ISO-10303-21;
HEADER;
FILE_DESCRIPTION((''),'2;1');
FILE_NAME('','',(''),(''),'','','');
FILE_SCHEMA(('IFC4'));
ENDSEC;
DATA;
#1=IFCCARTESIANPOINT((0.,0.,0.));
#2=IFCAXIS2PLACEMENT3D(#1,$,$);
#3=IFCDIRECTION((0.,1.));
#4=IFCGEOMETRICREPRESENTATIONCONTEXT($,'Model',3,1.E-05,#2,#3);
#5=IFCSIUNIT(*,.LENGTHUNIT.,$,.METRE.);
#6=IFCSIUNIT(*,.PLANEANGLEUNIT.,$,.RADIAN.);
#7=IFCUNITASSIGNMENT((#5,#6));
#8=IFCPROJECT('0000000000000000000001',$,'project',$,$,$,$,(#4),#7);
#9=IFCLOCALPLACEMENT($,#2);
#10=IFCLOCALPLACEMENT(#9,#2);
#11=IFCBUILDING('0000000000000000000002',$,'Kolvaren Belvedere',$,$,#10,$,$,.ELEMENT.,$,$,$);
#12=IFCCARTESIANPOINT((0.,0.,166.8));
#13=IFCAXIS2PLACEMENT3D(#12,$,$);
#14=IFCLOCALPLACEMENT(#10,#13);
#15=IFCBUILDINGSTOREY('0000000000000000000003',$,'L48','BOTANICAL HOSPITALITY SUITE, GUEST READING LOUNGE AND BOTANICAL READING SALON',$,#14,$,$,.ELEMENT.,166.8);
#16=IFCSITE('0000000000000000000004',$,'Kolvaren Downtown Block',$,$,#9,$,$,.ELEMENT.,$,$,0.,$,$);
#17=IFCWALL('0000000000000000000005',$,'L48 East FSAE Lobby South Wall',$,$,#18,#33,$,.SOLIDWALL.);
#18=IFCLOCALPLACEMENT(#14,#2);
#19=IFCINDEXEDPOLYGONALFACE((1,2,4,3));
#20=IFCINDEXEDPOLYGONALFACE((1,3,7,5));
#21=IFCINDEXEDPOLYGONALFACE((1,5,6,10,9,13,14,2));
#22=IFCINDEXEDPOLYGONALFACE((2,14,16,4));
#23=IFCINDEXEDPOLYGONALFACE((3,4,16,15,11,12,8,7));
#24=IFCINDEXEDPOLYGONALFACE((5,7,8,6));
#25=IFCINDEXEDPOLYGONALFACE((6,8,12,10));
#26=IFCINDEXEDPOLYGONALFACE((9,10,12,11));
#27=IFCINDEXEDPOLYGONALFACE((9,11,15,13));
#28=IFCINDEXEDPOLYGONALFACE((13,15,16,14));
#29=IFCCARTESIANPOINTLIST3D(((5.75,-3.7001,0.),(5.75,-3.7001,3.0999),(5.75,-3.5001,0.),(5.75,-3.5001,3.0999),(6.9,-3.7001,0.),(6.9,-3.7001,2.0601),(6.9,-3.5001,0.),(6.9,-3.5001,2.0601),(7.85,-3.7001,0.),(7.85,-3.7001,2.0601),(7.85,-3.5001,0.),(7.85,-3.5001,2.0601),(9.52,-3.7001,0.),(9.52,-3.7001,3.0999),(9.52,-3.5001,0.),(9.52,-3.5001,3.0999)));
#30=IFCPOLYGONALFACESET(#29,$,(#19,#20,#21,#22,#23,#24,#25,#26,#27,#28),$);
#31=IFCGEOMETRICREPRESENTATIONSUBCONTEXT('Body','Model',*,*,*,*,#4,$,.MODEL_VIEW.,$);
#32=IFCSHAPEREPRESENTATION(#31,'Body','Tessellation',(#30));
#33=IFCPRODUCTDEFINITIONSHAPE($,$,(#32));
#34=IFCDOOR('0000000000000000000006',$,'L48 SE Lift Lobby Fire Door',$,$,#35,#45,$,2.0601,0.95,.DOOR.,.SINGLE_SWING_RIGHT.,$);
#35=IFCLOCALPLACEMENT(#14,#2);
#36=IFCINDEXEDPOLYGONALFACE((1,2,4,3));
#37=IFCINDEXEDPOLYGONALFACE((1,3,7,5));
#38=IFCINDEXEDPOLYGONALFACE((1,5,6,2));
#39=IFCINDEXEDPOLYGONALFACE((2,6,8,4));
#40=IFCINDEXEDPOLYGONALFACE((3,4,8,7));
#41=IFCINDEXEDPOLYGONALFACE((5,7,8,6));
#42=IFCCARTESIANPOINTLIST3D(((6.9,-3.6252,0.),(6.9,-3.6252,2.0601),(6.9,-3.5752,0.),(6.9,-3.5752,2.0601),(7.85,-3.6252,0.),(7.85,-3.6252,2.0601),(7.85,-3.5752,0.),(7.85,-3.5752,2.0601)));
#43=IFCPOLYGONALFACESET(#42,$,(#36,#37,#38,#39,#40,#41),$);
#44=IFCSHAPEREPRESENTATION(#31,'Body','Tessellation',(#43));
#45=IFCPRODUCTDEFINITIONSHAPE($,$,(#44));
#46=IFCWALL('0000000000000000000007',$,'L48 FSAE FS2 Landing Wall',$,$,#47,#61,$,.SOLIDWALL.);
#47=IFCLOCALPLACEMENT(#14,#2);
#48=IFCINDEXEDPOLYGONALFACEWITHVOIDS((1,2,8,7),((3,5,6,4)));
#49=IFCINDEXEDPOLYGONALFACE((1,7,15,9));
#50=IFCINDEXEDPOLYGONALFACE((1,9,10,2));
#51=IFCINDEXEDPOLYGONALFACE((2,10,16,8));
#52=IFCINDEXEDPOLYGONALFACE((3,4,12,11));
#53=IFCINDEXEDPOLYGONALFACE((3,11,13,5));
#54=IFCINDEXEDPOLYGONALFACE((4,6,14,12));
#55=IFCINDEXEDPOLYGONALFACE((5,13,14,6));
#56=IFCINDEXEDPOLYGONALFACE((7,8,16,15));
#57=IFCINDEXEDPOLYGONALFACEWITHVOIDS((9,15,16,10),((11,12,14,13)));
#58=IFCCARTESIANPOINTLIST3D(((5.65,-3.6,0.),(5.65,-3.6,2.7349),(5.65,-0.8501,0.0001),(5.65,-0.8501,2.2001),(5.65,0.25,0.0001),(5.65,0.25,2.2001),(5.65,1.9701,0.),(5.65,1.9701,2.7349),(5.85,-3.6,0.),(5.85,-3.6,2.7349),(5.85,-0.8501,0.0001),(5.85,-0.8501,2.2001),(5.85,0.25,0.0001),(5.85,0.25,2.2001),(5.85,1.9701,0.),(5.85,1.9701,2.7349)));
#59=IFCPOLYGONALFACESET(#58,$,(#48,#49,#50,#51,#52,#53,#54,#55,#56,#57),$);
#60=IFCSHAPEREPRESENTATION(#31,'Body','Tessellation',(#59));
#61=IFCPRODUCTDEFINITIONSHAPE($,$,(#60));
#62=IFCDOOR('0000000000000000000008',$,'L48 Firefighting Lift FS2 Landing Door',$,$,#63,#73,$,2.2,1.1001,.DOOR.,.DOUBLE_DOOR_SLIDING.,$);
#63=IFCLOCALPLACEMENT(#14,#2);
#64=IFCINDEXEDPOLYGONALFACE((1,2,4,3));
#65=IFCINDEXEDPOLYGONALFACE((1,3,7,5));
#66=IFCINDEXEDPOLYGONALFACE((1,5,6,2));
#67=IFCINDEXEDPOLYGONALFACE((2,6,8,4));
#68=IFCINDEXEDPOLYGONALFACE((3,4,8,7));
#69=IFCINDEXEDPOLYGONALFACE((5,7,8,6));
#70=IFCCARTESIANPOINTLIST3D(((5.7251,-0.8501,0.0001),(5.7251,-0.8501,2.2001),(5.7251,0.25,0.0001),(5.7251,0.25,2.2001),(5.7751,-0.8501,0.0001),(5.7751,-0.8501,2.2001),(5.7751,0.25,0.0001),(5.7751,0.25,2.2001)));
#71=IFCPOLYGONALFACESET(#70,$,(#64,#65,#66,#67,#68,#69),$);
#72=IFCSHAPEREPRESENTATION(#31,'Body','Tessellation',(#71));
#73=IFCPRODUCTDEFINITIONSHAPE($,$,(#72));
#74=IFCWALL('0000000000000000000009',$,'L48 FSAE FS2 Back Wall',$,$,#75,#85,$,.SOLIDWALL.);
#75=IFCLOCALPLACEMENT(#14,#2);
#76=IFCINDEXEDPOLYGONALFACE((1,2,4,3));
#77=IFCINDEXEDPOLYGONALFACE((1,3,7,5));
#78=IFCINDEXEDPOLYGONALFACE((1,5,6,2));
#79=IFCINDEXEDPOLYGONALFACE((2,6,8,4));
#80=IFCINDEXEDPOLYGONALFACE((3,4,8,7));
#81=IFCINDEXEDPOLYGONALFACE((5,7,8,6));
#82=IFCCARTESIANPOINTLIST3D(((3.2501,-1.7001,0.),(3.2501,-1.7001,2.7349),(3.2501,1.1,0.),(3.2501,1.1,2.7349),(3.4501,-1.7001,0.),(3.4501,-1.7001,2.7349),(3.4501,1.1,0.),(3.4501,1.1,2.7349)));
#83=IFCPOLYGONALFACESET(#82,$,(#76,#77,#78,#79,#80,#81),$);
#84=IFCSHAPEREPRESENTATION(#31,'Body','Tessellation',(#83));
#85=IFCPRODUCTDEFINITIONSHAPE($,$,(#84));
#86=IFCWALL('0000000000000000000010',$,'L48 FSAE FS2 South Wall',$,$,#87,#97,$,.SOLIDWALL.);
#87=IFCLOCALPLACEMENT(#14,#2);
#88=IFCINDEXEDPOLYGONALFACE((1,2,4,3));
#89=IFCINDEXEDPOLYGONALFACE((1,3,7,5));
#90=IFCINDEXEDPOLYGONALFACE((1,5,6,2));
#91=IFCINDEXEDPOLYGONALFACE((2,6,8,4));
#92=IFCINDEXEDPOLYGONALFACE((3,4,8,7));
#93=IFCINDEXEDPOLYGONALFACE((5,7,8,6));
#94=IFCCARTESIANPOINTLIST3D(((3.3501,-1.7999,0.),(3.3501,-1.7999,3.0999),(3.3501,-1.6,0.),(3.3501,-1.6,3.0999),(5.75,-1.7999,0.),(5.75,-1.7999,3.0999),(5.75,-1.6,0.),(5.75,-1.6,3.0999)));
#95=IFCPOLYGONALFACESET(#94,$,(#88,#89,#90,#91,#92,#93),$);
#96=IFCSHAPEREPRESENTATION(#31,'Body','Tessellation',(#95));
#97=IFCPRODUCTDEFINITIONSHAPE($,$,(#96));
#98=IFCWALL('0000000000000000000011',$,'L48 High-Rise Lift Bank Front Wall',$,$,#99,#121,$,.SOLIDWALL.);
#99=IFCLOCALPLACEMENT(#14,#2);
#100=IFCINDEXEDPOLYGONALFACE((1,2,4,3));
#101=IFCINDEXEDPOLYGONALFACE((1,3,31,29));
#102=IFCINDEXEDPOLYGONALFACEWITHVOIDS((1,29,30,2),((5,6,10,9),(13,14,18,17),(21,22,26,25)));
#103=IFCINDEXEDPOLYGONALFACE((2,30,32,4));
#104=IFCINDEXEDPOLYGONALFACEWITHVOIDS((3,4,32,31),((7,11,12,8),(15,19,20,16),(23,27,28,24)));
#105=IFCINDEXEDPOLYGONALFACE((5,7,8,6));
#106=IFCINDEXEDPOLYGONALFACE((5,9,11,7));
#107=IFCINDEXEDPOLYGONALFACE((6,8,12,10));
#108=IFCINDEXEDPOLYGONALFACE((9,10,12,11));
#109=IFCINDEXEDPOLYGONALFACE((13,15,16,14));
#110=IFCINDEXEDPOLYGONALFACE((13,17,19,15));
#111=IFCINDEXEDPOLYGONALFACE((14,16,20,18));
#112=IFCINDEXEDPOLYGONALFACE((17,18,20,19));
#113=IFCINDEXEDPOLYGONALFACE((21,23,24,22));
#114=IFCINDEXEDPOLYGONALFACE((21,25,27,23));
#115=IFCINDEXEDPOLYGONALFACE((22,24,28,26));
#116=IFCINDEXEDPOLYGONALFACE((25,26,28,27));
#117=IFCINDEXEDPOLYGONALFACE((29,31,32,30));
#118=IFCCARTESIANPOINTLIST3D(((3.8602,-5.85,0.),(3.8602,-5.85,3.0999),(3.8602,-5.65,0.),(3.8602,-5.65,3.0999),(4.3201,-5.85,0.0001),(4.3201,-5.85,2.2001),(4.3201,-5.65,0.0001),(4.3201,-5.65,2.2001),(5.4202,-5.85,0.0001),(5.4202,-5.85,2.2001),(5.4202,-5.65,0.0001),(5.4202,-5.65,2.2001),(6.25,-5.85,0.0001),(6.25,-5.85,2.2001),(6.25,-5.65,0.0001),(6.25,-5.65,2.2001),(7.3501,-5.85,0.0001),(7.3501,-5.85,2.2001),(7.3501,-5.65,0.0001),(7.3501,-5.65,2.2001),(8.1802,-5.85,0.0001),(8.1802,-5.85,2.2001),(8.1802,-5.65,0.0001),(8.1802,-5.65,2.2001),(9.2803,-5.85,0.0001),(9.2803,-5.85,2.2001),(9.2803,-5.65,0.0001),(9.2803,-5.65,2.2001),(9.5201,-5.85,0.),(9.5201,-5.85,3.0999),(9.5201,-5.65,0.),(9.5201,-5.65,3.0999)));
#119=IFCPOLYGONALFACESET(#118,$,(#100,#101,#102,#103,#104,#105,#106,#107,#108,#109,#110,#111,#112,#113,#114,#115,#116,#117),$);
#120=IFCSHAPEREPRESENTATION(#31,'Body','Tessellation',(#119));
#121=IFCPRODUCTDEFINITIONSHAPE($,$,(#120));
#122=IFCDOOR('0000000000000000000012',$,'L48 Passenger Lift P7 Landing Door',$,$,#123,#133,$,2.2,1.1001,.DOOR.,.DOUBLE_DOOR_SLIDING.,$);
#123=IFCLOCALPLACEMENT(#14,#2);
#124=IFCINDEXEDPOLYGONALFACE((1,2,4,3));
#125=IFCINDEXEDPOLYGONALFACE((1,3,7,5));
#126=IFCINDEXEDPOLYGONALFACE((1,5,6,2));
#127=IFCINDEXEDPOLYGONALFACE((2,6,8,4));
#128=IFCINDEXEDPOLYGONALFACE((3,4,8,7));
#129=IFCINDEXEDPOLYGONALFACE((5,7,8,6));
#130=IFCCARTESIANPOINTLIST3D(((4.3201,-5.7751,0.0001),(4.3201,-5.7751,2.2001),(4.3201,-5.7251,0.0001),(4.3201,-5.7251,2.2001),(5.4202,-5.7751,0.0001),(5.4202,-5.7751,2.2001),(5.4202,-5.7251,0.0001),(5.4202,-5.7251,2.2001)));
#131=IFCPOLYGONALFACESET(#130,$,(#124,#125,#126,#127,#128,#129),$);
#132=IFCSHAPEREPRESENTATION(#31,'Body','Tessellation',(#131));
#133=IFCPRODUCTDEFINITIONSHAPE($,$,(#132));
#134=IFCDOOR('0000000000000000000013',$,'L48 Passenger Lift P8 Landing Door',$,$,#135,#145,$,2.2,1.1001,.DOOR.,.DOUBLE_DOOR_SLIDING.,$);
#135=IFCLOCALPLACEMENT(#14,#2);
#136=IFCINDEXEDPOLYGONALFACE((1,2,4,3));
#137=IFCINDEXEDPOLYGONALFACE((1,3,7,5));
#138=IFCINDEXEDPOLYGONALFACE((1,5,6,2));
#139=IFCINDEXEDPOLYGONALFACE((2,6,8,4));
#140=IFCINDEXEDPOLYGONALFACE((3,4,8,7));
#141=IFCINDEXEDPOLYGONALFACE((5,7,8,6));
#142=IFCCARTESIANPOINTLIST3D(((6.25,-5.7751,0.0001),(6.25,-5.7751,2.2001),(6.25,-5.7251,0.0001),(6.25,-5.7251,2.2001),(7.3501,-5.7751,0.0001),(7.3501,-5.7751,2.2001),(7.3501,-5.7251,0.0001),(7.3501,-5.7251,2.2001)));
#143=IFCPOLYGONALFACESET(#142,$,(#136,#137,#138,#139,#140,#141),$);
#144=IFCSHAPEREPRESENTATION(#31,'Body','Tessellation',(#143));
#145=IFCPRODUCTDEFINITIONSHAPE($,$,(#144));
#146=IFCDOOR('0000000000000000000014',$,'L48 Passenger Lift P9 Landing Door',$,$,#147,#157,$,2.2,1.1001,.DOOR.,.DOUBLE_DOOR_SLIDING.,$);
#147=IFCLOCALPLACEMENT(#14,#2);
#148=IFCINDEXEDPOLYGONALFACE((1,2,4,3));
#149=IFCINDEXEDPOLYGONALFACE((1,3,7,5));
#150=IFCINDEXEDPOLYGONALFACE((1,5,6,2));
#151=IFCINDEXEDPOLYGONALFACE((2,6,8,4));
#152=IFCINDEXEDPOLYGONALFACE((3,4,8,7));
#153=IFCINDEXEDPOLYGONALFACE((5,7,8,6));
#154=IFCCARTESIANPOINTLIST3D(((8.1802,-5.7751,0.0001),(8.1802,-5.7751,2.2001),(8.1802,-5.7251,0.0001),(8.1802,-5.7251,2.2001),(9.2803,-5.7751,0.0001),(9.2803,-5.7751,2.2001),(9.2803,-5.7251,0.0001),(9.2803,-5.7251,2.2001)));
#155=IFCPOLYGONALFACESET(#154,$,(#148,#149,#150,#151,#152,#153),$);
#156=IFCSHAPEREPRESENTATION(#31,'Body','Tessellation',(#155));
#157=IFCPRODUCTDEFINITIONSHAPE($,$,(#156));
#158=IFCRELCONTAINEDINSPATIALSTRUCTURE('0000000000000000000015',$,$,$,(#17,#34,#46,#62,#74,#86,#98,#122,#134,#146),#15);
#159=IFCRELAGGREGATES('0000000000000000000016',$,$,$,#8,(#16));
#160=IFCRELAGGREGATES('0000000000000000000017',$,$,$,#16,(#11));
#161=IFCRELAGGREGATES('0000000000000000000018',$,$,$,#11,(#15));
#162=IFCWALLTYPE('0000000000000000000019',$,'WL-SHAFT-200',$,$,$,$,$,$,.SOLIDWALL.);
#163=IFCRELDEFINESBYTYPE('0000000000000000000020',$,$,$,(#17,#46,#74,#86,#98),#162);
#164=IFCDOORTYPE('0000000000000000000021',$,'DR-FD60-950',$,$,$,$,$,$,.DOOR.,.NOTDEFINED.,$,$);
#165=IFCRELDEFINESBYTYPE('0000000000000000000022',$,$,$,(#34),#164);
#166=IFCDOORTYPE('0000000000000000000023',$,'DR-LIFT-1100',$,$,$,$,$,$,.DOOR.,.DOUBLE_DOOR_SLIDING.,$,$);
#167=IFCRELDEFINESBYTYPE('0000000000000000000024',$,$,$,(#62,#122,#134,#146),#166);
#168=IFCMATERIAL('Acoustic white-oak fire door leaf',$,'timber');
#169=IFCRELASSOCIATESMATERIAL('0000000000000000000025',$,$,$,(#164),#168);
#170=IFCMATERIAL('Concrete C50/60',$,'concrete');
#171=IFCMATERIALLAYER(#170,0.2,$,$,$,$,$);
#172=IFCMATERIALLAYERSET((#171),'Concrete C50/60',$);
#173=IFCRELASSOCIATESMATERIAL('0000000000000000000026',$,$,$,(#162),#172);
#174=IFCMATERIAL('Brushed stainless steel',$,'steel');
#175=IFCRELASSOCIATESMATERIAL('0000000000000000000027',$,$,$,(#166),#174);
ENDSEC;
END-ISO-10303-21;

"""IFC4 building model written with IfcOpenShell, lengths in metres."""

from ifc_helpers import new_model, si_unit, direction, frame, frame_2d, origin, place, context, subcontext, project, spatial, rectangle, extrude, material, layer, layer_set, type_object, element, fill, save


model = new_model("IFC4")

# Units and contexts
model_context = context("Model", 3, precision=1e-05, world=origin(), true_north=direction((0.0, 1.0)))
body_context = subcontext(model_context, "Body", "Model", "MODEL_VIEW")
ifc_project = project(units=[si_unit("LENGTHUNIT", "METRE"), si_unit("PLANEANGLEUNIT", "RADIAN")], contexts=[model_context])

# Site, building, storey
site_placement = place(None, origin())
site = spatial("IfcSite", under=ifc_project, at=site_placement, Name="Kolvaren Downtown Block", CompositionType="ELEMENT", RefElevation=0.0)
building_placement = place(site_placement, origin())
building = spatial("IfcBuilding", under=site, at=building_placement, Name="Kolvaren Belvedere", CompositionType="ELEMENT")
storey_placement = place(building_placement, frame((0.0, 0.0, 166.8)))
storey = spatial("IfcBuildingStorey", under=building, at=storey_placement, Name="L48", Description="BOTANICAL HOSPITALITY SUITE, GUEST READING LOUNGE AND BOTANICAL READING SALON", CompositionType="ELEMENT", Elevation=166.8)

# Walls, openings, doors
ifc_material_1 = material(Name="Acoustic white-oak fire door leaf", Category="timber")
door_type_1 = type_object("IfcDoorType", Name="DR-FD60-950", OperationType="NOTDEFINED", PredefinedType="DOOR", material=ifc_material_1)
ifc_material_2 = material(Name="Concrete C50/60", Category="concrete")
ifc_layer_1 = layer(ifc_material_2, 0.2)
ifc_layer_set_1 = layer_set([ifc_layer_1], Name="Concrete C50/60")
wall_type_1 = type_object("IfcWallType", Name="WL-SHAFT-200", PredefinedType="SOLIDWALL", material=ifc_layer_set_1)
wall_1_placement = place(storey_placement, frame((5.75, -3.6001, 0.0), z_axis=(0.0, 0.0, 1.0), x_axis=(1.0, 0.0, 0.0)))
wall_1 = element("IfcWall", 1, at=wall_1_placement, inside=storey, type_object=wall_type_1, Name="L48 East FSAE Lobby South Wall", PredefinedType="SOLIDWALL", context=body_context, shape_type="SweptSolid", body=[
    extrude(rectangle(XDim=3.77, YDim=0.2, at=frame_2d((1.885, 0.0))), origin(), (0.0, 0.0, 1.0), 3.0999),
])
opening_1_placement = place(wall_1_placement, frame((1.1499, 0.0, 0.0)))
opening_1 = element("IfcOpeningElement", 2, at=opening_1_placement, cuts=wall_1, PredefinedType="OPENING", context=body_context, shape_type="SweptSolid", body=[
    extrude(rectangle(XDim=0.95, YDim=2.0601, at=frame_2d((0.4751, 1.03))), frame((0.0, 0.1099, 0.0), z_axis=(0.0, -1.0, 0.0), x_axis=(1.0, 0.0, 0.0)), (0.0, 0.0, 1.0), 0.22),
])
door_1_placement = place(opening_1_placement, origin())
door_1 = element("IfcDoor", 3, at=door_1_placement, inside=storey, type_object=door_type_1, Name="L48 SE Lift Lobby Fire Door", OperationType="SINGLE_SWING_RIGHT", OverallHeight=2.0601, OverallWidth=0.95, PredefinedType="DOOR", context=body_context, shape_type="SweptSolid", body=[
    extrude(rectangle(XDim=0.95, YDim=2.0601, at=frame_2d((0.4751, 1.03))), frame((0.0, 0.0249, 0.0), z_axis=(0.0, -1.0, 0.0), x_axis=(1.0, 0.0, 0.0)), (0.0, 0.0, 1.0), 0.05),
])
fill(opening_1, door_1)
wall_2_placement = place(storey_placement, frame((5.75, -3.6001, 0.0), z_axis=(0.0, 0.0, 1.0), x_axis=(0.0, 1.0, 0.0)))
wall_2 = element("IfcWall", 4, at=wall_2_placement, inside=storey, type_object=wall_type_1, Name="L48 FSAE FS2 Landing Wall", PredefinedType="SOLIDWALL", context=body_context, shape_type="SweptSolid", body=[
    extrude(rectangle(XDim=5.5701, YDim=0.2, at=frame_2d((2.7852, 0.0))), origin(), (0.0, 0.0, 1.0), 2.7349),
])
opening_2_placement = place(wall_2_placement, frame((2.75, 0.0, 0.0)))
opening_2 = element("IfcOpeningElement", 5, at=opening_2_placement, cuts=wall_2, PredefinedType="OPENING", context=body_context, shape_type="SweptSolid", body=[
    extrude(rectangle(XDim=1.1001, YDim=2.2, at=frame_2d((0.55, 1.1001))), frame((0.0, 0.1099, 0.0), z_axis=(0.0, -1.0, 0.0), x_axis=(1.0, 0.0, 0.0)), (0.0, 0.0, 1.0), 0.22),
])
ifc_material_3 = material(Name="Brushed stainless steel", Category="steel")
door_type_2 = type_object("IfcDoorType", Name="DR-LIFT-1100", OperationType="DOUBLE_DOOR_SLIDING", PredefinedType="DOOR", material=ifc_material_3)
door_2_placement = place(opening_2_placement, origin())
door_2 = element("IfcDoor", 6, at=door_2_placement, inside=storey, type_object=door_type_2, Name="L48 Firefighting Lift FS2 Landing Door", OperationType="DOUBLE_DOOR_SLIDING", OverallHeight=2.2, OverallWidth=1.1001, PredefinedType="DOOR", context=body_context, shape_type="SweptSolid", body=[
    extrude(rectangle(XDim=1.1001, YDim=2.2, at=frame_2d((0.55, 1.1001))), frame((0.0, 0.0249, 0.0), z_axis=(0.0, -1.0, 0.0), x_axis=(1.0, 0.0, 0.0)), (0.0, 0.0, 1.0), 0.05),
])
fill(opening_2, door_2)

# Walls
wall_3_placement = place(storey_placement, frame((3.3501, -1.7, 0.0), z_axis=(0.0, 0.0, 1.0), x_axis=(0.0, 1.0, 0.0)))
element("IfcWall", 7, at=wall_3_placement, inside=storey, type_object=wall_type_1, Name="L48 FSAE FS2 Back Wall", PredefinedType="SOLIDWALL", context=body_context, shape_type="SweptSolid", body=[
    extrude(rectangle(XDim=2.8, YDim=0.2, at=frame_2d((1.3999, 0.0))), origin(), (0.0, 0.0, 1.0), 2.7349),
])
wall_4_placement = place(storey_placement, frame((3.3501, -1.7, 0.0), z_axis=(0.0, 0.0, 1.0), x_axis=(1.0, 0.0, 0.0)))
element("IfcWall", 8, at=wall_4_placement, inside=storey, type_object=wall_type_1, Name="L48 FSAE FS2 South Wall", PredefinedType="SOLIDWALL", context=body_context, shape_type="SweptSolid", body=[
    extrude(rectangle(XDim=2.3999, YDim=0.2, at=frame_2d((1.2, 0.0))), origin(), (0.0, 0.0, 1.0), 3.0999),
])

# Wall, openings, doors
wall_5_placement = place(storey_placement, frame((3.8601, -5.75, 0.0), z_axis=(0.0, 0.0, 1.0), x_axis=(1.0, 0.0, 0.0)))
wall_5 = element("IfcWall", 9, at=wall_5_placement, inside=storey, type_object=wall_type_1, Name="L48 High-Rise Lift Bank Front Wall", PredefinedType="SOLIDWALL", context=body_context, shape_type="SweptSolid", body=[
    extrude(rectangle(XDim=5.6599, YDim=0.2, at=frame_2d((2.8301, 0.0))), origin(), (0.0, 0.0, 1.0), 3.0999),
])
opening_3_placement = place(wall_5_placement, frame((0.46, 0.0, 0.0)))
opening_3 = element("IfcOpeningElement", 10, at=opening_3_placement, cuts=wall_5, PredefinedType="OPENING", context=body_context, shape_type="SweptSolid", body=[
    extrude(rectangle(XDim=1.1001, YDim=2.2, at=frame_2d((0.55, 1.1001))), frame((0.0, 0.1099, 0.0), z_axis=(0.0, -1.0, 0.0), x_axis=(1.0, 0.0, 0.0)), (0.0, 0.0, 1.0), 0.22),
])
opening_4_placement = place(wall_5_placement, frame((2.3899, 0.0, 0.0)))
opening_4 = element("IfcOpeningElement", 11, at=opening_4_placement, cuts=wall_5, PredefinedType="OPENING", context=body_context, shape_type="SweptSolid", body=[
    extrude(rectangle(XDim=1.1001, YDim=2.2, at=frame_2d((0.55, 1.1001))), frame((0.0, 0.1099, 0.0), z_axis=(0.0, -1.0, 0.0), x_axis=(1.0, 0.0, 0.0)), (0.0, 0.0, 1.0), 0.22),
])
opening_5_placement = place(wall_5_placement, frame((4.3201, 0.0, 0.0)))
opening_5 = element("IfcOpeningElement", 12, at=opening_5_placement, cuts=wall_5, PredefinedType="OPENING", context=body_context, shape_type="SweptSolid", body=[
    extrude(rectangle(XDim=1.1001, YDim=2.2, at=frame_2d((0.55, 1.1001))), frame((0.0, 0.1099, 0.0), z_axis=(0.0, -1.0, 0.0), x_axis=(1.0, 0.0, 0.0)), (0.0, 0.0, 1.0), 0.22),
])
door_3_placement = place(opening_3_placement, origin())
door_3 = element("IfcDoor", 13, at=door_3_placement, inside=storey, type_object=door_type_2, Name="L48 Passenger Lift P7 Landing Door", OperationType="DOUBLE_DOOR_SLIDING", OverallHeight=2.2, OverallWidth=1.1001, PredefinedType="DOOR", context=body_context, shape_type="SweptSolid", body=[
    extrude(rectangle(XDim=1.1001, YDim=2.2, at=frame_2d((0.55, 1.1001))), frame((0.0, 0.0249, 0.0), z_axis=(0.0, -1.0, 0.0), x_axis=(1.0, 0.0, 0.0)), (0.0, 0.0, 1.0), 0.05),
])
fill(opening_3, door_3)
door_4_placement = place(opening_4_placement, origin())
door_4 = element("IfcDoor", 14, at=door_4_placement, inside=storey, type_object=door_type_2, Name="L48 Passenger Lift P8 Landing Door", OperationType="DOUBLE_DOOR_SLIDING", OverallHeight=2.2, OverallWidth=1.1001, PredefinedType="DOOR", context=body_context, shape_type="SweptSolid", body=[
    extrude(rectangle(XDim=1.1001, YDim=2.2, at=frame_2d((0.55, 1.1001))), frame((0.0, 0.0249, 0.0), z_axis=(0.0, -1.0, 0.0), x_axis=(1.0, 0.0, 0.0)), (0.0, 0.0, 1.0), 0.05),
])
fill(opening_4, door_4)
door_5_placement = place(opening_5_placement, origin())
door_5 = element("IfcDoor", 15, at=door_5_placement, inside=storey, type_object=door_type_2, Name="L48 Passenger Lift P9 Landing Door", OperationType="DOUBLE_DOOR_SLIDING", OverallHeight=2.2, OverallWidth=1.1001, PredefinedType="DOOR", context=body_context, shape_type="SweptSolid", body=[
    extrude(rectangle(XDim=1.1001, YDim=2.2, at=frame_2d((0.55, 1.1001))), frame((0.0, 0.0249, 0.0), z_axis=(0.0, -1.0, 0.0), x_axis=(1.0, 0.0, 0.0)), (0.0, 0.0, 1.0), 0.05),
])
fill(opening_5, door_5)

save(model, "model.ifc")
